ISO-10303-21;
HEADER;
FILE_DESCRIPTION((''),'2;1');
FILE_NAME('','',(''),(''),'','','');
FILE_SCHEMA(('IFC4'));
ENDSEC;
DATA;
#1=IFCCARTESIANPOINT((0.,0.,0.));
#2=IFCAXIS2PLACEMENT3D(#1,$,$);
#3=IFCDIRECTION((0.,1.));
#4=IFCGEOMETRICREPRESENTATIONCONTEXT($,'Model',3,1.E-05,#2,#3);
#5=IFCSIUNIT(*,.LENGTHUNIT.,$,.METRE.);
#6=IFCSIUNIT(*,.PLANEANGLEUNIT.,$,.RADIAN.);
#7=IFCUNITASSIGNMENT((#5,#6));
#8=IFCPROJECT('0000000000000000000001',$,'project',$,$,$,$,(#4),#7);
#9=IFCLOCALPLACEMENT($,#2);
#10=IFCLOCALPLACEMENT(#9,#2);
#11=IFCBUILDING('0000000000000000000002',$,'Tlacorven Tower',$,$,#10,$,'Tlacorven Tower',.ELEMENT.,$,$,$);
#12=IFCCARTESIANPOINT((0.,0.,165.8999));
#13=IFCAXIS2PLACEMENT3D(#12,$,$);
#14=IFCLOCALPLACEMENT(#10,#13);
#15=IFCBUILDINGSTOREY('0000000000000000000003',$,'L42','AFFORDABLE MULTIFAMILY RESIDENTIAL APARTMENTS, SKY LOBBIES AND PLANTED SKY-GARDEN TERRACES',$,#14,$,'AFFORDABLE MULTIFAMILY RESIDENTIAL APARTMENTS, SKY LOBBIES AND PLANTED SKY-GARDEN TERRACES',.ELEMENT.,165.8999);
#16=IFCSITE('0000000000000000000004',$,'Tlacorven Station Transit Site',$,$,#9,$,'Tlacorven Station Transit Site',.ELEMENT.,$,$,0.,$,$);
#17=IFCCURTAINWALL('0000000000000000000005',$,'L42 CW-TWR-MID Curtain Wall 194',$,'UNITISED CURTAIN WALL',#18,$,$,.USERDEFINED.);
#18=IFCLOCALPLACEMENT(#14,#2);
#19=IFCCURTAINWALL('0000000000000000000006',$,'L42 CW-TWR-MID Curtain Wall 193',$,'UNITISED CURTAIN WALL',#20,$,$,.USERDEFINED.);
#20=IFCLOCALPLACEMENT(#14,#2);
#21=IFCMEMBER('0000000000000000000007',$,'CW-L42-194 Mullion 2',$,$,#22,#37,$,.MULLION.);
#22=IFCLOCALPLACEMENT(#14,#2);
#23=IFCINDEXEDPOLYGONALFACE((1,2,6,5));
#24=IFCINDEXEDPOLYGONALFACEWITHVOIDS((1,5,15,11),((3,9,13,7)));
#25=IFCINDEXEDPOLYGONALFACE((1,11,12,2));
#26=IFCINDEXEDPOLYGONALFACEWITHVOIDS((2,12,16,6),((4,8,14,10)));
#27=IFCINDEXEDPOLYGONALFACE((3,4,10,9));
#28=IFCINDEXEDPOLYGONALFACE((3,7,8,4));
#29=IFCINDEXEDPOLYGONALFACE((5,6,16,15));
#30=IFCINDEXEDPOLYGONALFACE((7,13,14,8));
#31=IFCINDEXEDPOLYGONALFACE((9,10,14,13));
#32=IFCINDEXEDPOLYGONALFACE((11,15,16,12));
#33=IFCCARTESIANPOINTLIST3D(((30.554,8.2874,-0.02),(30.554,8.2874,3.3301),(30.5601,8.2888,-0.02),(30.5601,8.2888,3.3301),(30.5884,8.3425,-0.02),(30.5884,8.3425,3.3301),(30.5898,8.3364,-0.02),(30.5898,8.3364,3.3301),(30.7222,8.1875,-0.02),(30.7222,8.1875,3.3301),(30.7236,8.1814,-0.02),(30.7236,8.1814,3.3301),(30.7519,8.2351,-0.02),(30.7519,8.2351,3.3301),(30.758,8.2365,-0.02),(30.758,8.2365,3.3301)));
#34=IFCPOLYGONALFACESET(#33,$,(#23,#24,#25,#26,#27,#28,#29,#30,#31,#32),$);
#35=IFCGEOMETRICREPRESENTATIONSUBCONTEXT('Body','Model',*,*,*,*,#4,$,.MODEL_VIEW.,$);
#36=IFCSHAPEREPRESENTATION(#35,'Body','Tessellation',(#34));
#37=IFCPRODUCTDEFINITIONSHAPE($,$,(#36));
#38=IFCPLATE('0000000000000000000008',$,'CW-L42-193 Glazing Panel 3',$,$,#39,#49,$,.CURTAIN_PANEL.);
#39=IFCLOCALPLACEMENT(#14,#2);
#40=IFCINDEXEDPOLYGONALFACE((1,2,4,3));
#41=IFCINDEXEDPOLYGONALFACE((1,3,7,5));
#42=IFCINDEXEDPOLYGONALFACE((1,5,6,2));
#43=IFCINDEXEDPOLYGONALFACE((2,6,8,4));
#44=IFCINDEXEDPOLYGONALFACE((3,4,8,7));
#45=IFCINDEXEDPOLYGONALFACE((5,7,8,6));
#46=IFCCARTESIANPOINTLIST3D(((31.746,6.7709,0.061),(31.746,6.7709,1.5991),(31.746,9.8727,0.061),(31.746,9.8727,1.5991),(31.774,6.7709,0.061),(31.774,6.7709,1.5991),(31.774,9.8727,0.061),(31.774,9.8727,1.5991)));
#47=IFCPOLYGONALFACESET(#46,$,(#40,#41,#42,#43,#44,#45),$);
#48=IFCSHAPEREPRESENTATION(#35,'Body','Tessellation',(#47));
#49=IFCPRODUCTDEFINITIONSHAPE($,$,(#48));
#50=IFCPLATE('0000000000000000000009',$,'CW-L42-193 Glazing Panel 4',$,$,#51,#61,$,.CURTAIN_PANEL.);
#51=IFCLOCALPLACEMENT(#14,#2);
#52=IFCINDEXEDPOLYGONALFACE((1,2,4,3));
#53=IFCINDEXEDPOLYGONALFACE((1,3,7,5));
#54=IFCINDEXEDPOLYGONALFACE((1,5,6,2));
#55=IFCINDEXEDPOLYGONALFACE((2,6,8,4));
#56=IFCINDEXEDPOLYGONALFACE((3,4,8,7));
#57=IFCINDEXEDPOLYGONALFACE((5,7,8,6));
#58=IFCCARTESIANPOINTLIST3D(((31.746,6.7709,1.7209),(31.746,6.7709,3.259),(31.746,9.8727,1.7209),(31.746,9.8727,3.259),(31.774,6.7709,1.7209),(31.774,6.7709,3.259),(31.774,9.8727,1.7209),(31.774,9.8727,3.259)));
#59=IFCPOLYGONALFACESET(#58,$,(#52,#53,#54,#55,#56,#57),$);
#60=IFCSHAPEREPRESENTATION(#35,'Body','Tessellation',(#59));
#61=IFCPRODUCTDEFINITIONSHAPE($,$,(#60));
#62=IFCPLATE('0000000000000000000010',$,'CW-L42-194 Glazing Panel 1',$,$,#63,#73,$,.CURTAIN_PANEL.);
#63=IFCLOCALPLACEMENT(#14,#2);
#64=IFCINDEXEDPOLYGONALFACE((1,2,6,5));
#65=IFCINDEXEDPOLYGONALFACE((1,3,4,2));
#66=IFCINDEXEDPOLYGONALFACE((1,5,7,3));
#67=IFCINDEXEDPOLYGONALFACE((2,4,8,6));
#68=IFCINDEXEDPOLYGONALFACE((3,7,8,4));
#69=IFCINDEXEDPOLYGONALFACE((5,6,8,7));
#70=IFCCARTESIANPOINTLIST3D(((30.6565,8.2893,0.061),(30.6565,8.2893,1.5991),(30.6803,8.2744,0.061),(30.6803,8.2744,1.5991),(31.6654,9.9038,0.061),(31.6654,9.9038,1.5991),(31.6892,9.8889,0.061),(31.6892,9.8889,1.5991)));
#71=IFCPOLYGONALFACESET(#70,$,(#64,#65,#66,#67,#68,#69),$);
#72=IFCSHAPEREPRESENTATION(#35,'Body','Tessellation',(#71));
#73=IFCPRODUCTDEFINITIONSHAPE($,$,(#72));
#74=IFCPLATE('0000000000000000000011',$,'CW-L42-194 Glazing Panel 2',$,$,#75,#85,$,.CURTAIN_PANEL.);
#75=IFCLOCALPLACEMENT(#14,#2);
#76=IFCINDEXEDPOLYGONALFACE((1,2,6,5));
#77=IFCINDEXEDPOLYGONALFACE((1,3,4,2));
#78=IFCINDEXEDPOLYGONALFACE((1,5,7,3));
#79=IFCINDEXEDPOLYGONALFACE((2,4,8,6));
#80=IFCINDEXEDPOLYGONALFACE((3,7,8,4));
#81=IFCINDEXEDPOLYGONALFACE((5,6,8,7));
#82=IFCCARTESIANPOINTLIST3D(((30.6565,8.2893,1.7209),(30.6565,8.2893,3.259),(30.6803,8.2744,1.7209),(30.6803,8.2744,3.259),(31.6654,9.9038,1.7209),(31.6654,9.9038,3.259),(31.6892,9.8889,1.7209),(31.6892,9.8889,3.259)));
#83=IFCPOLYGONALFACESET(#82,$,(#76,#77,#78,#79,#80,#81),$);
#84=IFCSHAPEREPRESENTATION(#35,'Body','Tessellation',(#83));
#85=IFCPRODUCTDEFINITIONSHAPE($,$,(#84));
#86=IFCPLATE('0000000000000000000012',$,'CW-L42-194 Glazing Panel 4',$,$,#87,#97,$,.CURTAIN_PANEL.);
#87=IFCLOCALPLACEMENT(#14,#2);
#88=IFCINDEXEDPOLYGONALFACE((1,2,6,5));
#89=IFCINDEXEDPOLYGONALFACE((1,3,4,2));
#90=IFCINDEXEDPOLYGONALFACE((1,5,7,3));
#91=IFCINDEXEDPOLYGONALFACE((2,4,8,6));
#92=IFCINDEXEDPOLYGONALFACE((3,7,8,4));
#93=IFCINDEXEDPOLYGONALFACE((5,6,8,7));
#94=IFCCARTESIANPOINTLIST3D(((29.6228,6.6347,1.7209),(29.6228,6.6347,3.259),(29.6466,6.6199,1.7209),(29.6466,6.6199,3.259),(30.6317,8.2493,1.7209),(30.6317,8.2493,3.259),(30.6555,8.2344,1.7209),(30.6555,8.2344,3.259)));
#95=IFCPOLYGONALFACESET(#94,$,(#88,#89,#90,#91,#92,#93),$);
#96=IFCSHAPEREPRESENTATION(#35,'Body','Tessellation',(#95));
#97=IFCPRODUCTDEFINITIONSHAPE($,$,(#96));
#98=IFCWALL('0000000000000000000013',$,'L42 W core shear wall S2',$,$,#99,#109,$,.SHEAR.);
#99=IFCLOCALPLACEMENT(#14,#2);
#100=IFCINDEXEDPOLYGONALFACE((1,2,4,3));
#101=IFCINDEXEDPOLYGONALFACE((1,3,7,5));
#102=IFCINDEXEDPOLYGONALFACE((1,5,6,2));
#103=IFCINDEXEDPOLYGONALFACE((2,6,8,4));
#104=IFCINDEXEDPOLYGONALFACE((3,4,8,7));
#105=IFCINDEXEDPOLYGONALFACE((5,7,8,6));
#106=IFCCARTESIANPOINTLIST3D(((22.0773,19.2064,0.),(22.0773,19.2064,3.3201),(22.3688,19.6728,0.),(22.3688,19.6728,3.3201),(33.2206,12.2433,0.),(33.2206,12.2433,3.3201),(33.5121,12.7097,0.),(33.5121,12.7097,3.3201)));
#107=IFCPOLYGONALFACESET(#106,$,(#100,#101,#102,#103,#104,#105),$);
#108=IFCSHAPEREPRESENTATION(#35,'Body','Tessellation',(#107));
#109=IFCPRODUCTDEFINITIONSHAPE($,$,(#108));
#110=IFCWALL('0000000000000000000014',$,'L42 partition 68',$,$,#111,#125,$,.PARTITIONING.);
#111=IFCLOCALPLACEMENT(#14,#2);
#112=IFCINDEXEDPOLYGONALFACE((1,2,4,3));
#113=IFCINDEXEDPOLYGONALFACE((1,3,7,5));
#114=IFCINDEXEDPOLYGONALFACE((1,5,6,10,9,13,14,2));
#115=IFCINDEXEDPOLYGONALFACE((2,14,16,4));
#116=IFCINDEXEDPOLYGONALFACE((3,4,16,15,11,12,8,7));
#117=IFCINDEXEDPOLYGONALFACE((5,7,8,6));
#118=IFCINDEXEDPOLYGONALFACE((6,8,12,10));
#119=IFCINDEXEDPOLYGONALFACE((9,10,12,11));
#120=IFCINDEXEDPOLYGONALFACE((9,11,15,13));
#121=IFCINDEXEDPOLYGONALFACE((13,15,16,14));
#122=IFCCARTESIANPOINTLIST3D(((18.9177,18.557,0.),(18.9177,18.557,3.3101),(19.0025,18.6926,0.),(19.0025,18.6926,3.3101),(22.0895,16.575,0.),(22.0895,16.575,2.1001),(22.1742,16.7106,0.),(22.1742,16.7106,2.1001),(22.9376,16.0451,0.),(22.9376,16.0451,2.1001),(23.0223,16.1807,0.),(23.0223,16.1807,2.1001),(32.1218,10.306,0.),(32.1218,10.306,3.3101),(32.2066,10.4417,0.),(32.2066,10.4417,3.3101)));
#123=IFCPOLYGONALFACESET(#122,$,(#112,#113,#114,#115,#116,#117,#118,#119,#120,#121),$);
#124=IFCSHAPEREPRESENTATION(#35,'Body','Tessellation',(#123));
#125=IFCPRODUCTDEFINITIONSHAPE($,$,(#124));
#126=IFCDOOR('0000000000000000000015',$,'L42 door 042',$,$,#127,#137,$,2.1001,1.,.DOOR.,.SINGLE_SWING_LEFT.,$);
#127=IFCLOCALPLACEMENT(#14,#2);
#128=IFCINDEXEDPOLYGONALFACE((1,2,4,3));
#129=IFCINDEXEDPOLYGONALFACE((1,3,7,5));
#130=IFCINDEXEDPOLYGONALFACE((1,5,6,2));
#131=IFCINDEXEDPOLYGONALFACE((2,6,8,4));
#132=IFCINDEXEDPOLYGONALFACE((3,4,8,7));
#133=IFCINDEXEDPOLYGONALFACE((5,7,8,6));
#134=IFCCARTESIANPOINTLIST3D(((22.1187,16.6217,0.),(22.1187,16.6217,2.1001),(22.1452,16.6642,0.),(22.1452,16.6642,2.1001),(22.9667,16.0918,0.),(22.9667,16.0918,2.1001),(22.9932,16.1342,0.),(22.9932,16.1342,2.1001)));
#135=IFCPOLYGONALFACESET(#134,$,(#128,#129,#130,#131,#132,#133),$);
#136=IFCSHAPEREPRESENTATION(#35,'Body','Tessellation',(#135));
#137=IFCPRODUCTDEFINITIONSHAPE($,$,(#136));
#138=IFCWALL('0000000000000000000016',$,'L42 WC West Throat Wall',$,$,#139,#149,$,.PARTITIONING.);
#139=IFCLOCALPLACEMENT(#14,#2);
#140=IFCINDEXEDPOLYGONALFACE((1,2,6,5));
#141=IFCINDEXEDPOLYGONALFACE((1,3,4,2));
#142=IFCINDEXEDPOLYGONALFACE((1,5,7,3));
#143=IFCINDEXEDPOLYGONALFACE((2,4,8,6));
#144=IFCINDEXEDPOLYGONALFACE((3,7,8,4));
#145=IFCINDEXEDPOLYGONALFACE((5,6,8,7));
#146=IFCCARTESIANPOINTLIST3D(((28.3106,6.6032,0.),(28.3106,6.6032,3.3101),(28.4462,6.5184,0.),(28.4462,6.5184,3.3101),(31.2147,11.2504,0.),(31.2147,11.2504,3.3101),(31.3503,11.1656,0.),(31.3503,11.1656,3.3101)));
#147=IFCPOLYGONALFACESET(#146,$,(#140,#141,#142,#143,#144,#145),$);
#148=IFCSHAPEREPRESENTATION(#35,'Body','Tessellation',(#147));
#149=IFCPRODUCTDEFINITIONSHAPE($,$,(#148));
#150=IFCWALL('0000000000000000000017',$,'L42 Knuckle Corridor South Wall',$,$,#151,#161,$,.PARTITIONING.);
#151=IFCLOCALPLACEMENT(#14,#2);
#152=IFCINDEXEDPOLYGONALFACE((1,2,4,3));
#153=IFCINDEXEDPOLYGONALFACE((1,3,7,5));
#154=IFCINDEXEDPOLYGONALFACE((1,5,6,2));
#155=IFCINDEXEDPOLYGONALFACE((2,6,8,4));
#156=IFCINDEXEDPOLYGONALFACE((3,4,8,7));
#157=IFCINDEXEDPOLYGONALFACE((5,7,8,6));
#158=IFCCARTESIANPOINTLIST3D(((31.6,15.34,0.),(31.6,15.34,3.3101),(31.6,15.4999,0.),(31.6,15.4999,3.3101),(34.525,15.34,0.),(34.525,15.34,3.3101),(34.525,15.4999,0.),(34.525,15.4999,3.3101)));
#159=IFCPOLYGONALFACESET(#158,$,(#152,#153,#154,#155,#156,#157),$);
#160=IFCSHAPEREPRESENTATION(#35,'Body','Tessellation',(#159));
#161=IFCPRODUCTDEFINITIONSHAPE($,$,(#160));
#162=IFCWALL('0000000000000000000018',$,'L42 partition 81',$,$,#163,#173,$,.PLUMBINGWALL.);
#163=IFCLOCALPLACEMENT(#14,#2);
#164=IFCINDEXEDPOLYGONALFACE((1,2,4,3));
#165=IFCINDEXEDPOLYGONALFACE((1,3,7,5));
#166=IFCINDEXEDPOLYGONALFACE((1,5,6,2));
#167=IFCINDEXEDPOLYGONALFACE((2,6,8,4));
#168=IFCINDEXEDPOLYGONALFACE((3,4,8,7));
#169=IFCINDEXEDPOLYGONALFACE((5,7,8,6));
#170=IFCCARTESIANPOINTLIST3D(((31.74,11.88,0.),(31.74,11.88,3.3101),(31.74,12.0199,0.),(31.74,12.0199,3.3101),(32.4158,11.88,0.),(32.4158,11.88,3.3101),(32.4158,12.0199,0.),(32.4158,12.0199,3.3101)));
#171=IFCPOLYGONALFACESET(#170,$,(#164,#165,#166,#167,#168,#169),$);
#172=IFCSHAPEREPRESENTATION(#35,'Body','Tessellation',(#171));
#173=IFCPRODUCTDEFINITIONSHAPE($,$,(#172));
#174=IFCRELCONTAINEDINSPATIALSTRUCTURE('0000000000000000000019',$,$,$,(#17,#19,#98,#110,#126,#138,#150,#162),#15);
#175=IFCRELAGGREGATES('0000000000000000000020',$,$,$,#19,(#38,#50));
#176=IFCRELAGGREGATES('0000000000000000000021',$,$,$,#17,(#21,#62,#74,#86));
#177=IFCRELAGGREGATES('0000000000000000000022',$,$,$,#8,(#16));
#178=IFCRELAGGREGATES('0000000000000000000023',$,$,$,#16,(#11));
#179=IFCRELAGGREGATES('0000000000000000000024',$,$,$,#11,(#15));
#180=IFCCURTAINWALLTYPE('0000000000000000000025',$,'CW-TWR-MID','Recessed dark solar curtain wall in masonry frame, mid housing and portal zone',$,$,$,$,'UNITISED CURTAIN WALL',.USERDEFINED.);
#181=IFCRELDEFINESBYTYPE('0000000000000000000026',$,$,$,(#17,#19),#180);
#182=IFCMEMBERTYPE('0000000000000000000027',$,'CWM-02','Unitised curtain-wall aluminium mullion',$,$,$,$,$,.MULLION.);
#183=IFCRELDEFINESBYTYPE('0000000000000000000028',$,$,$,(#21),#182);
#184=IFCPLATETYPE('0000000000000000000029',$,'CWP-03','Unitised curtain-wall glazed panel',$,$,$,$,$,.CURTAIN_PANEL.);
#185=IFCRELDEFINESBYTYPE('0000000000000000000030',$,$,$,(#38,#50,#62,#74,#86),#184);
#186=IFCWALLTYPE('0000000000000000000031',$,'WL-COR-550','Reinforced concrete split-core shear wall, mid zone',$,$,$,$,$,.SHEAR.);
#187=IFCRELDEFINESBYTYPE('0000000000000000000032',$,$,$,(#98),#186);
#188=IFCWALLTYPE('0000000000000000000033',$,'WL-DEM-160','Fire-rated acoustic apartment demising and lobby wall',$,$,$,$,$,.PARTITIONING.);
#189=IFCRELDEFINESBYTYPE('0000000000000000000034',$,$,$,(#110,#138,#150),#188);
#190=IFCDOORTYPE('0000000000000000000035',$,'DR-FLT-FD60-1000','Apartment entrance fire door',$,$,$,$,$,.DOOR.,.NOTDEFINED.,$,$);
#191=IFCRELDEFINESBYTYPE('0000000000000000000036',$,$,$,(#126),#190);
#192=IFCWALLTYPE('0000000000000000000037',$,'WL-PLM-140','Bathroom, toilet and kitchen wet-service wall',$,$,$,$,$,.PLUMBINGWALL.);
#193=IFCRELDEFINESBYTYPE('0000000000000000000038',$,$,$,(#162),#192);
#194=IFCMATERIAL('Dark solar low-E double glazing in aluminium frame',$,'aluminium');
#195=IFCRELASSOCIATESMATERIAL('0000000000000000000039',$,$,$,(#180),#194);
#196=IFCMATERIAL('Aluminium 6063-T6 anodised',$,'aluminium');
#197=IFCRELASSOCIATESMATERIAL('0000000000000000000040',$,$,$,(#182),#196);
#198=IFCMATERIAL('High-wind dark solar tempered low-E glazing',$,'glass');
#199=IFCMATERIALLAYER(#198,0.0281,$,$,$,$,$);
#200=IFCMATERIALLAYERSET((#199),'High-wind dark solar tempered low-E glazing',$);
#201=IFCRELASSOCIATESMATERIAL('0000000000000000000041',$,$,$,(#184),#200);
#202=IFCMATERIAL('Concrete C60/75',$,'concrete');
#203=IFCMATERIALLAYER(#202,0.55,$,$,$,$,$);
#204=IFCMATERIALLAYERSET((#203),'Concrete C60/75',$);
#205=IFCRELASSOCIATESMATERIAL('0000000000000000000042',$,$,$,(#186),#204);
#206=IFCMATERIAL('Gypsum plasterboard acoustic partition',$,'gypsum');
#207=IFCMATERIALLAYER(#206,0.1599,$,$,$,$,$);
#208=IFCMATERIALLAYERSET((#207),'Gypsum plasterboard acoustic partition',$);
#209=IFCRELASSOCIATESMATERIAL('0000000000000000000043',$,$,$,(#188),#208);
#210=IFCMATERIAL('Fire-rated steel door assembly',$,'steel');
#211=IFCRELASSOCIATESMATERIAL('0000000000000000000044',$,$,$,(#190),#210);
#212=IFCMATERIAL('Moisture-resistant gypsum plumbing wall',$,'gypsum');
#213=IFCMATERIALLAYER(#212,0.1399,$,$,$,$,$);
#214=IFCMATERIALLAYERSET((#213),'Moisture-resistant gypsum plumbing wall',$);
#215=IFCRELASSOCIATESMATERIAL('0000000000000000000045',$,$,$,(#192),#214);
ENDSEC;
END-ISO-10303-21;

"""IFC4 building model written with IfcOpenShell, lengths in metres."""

from ifc_helpers import new_model, si_unit, direction, frame, frame_2d, origin, origin_2d, place, context, subcontext, project, spatial, rectangle, hollow_rectangle, extrude, source, transform, mapped, material, layer, layer_set, material_profile, profile_set, type_object, element, fill, aggregate, save


model = new_model("IFC4")

# Units and contexts
model_context = context("Model", 3, precision=1e-05, world=origin(), true_north=direction((0.0, 1.0)))
body_context = subcontext(model_context, "Body", "Model", "MODEL_VIEW")
ifc_project = project(units=[si_unit("LENGTHUNIT", "METRE"), si_unit("PLANEANGLEUNIT", "RADIAN")], contexts=[model_context])

# Site, building, storey
site_placement = place(None, origin())
site = spatial("IfcSite", under=ifc_project, at=site_placement, Name="Tlacorven Station Transit Site", LongName="Tlacorven Station Transit Site", CompositionType="ELEMENT", RefElevation=0.0)
building_placement = place(site_placement, origin())
building = spatial("IfcBuilding", under=site, at=building_placement, Name="Tlacorven Tower", LongName="Tlacorven Tower", CompositionType="ELEMENT")
storey_placement = place(building_placement, frame((0.0, 0.0, 165.8999)))
storey = spatial("IfcBuildingStorey", under=building, at=storey_placement, Name="L42", Description="AFFORDABLE MULTIFAMILY RESIDENTIAL APARTMENTS, SKY LOBBIES AND PLANTED SKY-GARDEN TERRACES", LongName="AFFORDABLE MULTIFAMILY RESIDENTIAL APARTMENTS, SKY LOBBIES AND PLANTED SKY-GARDEN TERRACES", CompositionType="ELEMENT", Elevation=165.8999)

# Curtain wall
ifc_material_1 = material(Name="Dark solar low-E double glazing in aluminium frame", Category="aluminium")
curtain_wall_type = type_object("IfcCurtainWallType", Name="CW-TWR-MID", Description="Recessed dark solar curtain wall in masonry frame, mid housing and portal zone", ElementType="UNITISED CURTAIN WALL", PredefinedType="USERDEFINED", material=ifc_material_1)
curtain_wall_1_placement = place(storey_placement, origin())
curtain_wall_1 = element("IfcCurtainWall", 1, at=curtain_wall_1_placement, inside=storey, type_object=curtain_wall_type, Name="L42 CW-TWR-MID Curtain Wall 194", ObjectType="UNITISED CURTAIN WALL", PredefinedType="USERDEFINED")
ifc_material_2 = material(Name="Aluminium 6063-T6 anodised", Category="aluminium")

# Curtain wall
curtain_wall_2_placement = place(storey_placement, origin())
curtain_wall_2 = element("IfcCurtainWall", 2, at=curtain_wall_2_placement, inside=storey, type_object=curtain_wall_type, Name="L42 CW-TWR-MID Curtain Wall 193", ObjectType="UNITISED CURTAIN WALL", PredefinedType="USERDEFINED")
ifc_material_profile_1 = material_profile(ifc_material_2, hollow_rectangle(XDim=0.0649, YDim=0.2, WallThickness=0.0044, at=origin_2d()), Name="ALU MULLION 65X200")
ifc_profile_set_1 = profile_set([ifc_material_profile_1], Name="Aluminium 6063-T6 anodised")
member_type_1 = type_object("IfcMemberType", Name="CWM-02", Description="Unitised curtain-wall aluminium mullion", PredefinedType="MULLION", material=ifc_profile_set_1)
shared_shape_1 = source(origin(), body_context, "Body", "SweptSolid", [
    extrude(hollow_rectangle(XDim=0.0649, YDim=0.2, WallThickness=0.0044, at=origin_2d()), origin(), (0.0, 0.0, 1.0), 3.3501),
])

# Member
member_1_placement = place(storey_placement, frame((30.656, 8.262, -0.02), z_axis=(0.0, 0.0, 1.0), x_axis=(-0.529919, -0.848048, 0.0)))
member_1 = element("IfcMember", 3, at=member_1_placement, type_object=member_type_1, Name="CW-L42-194 Mullion 2", PredefinedType="MULLION", context=body_context, shape_type="MappedRepresentation", body=[
    mapped(shared_shape_1, transform((0.0, 0.0, 0.0), scale=1.0)),
])

# Plates
ifc_material_3 = material(Name="High-wind dark solar tempered low-E glazing", Category="glass")
ifc_layer_1 = layer(ifc_material_3, 0.0281)
ifc_layer_set_1 = layer_set([ifc_layer_1], Name="High-wind dark solar tempered low-E glazing")
plate_type = type_object("IfcPlateType", Name="CWP-03", Description="Unitised curtain-wall glazed panel", PredefinedType="CURTAIN_PANEL", material=ifc_layer_set_1)
shared_shape_2 = source(origin(), body_context, "Body", "SweptSolid", [
    extrude(rectangle(XDim=3.1018, YDim=0.0281, at=origin_2d()), origin(), (0.0, 0.0, 1.0), 1.5381),
])
plate_1_placement = place(storey_placement, frame((31.76, 8.3218, 0.061), z_axis=(0.0, 0.0, 1.0), x_axis=(0.0, 1.0, 0.0)))
plate_1 = element("IfcPlate", 4, at=plate_1_placement, type_object=plate_type, Name="CW-L42-193 Glazing Panel 3", PredefinedType="CURTAIN_PANEL", context=body_context, shape_type="MappedRepresentation", body=[
    mapped(shared_shape_2, transform((0.0, 0.0, 0.0), scale=1.0)),
])
plate_2_placement = place(storey_placement, frame((31.76, 8.3218, 1.7209), z_axis=(0.0, 0.0, 1.0), x_axis=(0.0, 1.0, 0.0)))
plate_2 = element("IfcPlate", 5, at=plate_2_placement, type_object=plate_type, Name="CW-L42-193 Glazing Panel 4", PredefinedType="CURTAIN_PANEL", context=body_context, shape_type="MappedRepresentation", body=[
    mapped(shared_shape_2, transform((0.0, 0.0, 0.0), scale=1.0)),
])
aggregate(curtain_wall_2, [plate_1, plate_2])
shared_shape_3 = source(origin(), body_context, "Body", "SweptSolid", [
    extrude(rectangle(XDim=1.9038, YDim=0.0281, at=origin_2d()), origin(), (0.0, 0.0, 1.0), 1.5381),
])
plate_3_placement = place(storey_placement, frame((31.1729, 9.0891, 0.061), z_axis=(0.0, 0.0, 1.0), x_axis=(-0.529919, -0.848048, 0.0)))
plate_3 = element("IfcPlate", 6, at=plate_3_placement, type_object=plate_type, Name="CW-L42-194 Glazing Panel 1", PredefinedType="CURTAIN_PANEL", context=body_context, shape_type="MappedRepresentation", body=[
    mapped(shared_shape_3, transform((0.0, 0.0, 0.0), scale=1.0)),
])
plate_4_placement = place(storey_placement, frame((31.1729, 9.0891, 1.7209), z_axis=(0.0, 0.0, 1.0), x_axis=(-0.529919, -0.848048, 0.0)))
plate_4 = element("IfcPlate", 7, at=plate_4_placement, type_object=plate_type, Name="CW-L42-194 Glazing Panel 2", PredefinedType="CURTAIN_PANEL", context=body_context, shape_type="MappedRepresentation", body=[
    mapped(shared_shape_3, transform((0.0, 0.0, 0.0), scale=1.0)),
])
plate_5_placement = place(storey_placement, frame((30.1392, 7.4346, 1.7209), z_axis=(0.0, 0.0, 1.0), x_axis=(-0.529919, -0.848048, 0.0)))
plate_5 = element("IfcPlate", 8, at=plate_5_placement, type_object=plate_type, Name="CW-L42-194 Glazing Panel 4", PredefinedType="CURTAIN_PANEL", context=body_context, shape_type="MappedRepresentation", body=[
    mapped(shared_shape_3, transform((0.0, 0.0, 0.0), scale=1.0)),
])
aggregate(curtain_wall_1, [member_1, plate_3, plate_4, plate_5])

# Wall
ifc_material_4 = material(Name="Concrete C60/75", Category="concrete")
ifc_layer_2 = layer(ifc_material_4, 0.55)
ifc_layer_set_2 = layer_set([ifc_layer_2], Name="Concrete C60/75")
wall_type_1 = type_object("IfcWallType", Name="WL-COR-550", Description="Reinforced concrete split-core shear wall, mid zone", PredefinedType="SHEAR", material=ifc_layer_set_2)
wall_1_placement = place(storey_placement, frame((33.3662, 12.4766, 0.0), z_axis=(0.0, 0.0, 1.0), x_axis=(-0.848047, 0.52992, 0.0)))
element("IfcWall", 9, at=wall_1_placement, inside=storey, type_object=wall_type_1, Name="L42 W core shear wall S2", PredefinedType="SHEAR", context=body_context, shape_type="SweptSolid", body=[
    extrude(rectangle(XDim=13.1399, YDim=0.55, at=frame_2d((6.5698, 0.0))), origin(), (0.0, 0.0, 1.0), 3.3201),
])

# Wall, opening, door
ifc_material_5 = material(Name="Gypsum plasterboard acoustic partition", Category="gypsum")
ifc_layer_3 = layer(ifc_material_5, 0.1599)
ifc_layer_set_3 = layer_set([ifc_layer_3], Name="Gypsum plasterboard acoustic partition")
wall_type_2 = type_object("IfcWallType", Name="WL-DEM-160", Description="Fire-rated acoustic apartment demising and lobby wall", PredefinedType="PARTITIONING", material=ifc_layer_set_3)
wall_2_placement = place(storey_placement, frame((32.1643, 10.3738, 0.0), z_axis=(0.0, 0.0, 1.0), x_axis=(-0.848044, 0.529926, 0.0)))
wall_2 = element("IfcWall", 10, at=wall_2_placement, inside=storey, type_object=wall_type_2, Name="L42 partition 68", PredefinedType="PARTITIONING", context=body_context, shape_type="SweptSolid", body=[
    extrude(rectangle(XDim=15.5701, YDim=0.1599, at=frame_2d((7.7852, 0.0))), origin(), (0.0, 0.0, 1.0), 3.3101),
])
opening_1_placement = place(wall_2_placement, frame((10.8301, 0.0, 0.0)))
opening_1 = element("IfcOpeningElement", 11, at=opening_1_placement, cuts=wall_2, PredefinedType="OPENING", context=body_context, shape_type="SweptSolid", body=[
    extrude(rectangle(XDim=1.0, YDim=2.1001, at=frame_2d((0.5, 1.05))), frame((0.0, 0.0898, 0.0), z_axis=(0.0, -1.0, 0.0), x_axis=(1.0, 0.0, 0.0)), (0.0, 0.0, 1.0), 0.1799),
])
ifc_material_6 = material(Name="Fire-rated steel door assembly", Category="steel")
door_type_1 = type_object("IfcDoorType", Name="DR-FLT-FD60-1000", Description="Apartment entrance fire door", OperationType="NOTDEFINED", PredefinedType="DOOR", material=ifc_material_6)
shared_shape_4 = source(origin(), body_context, "Body", "SweptSolid", [
    extrude(rectangle(XDim=1.0, YDim=2.1001, at=frame_2d((0.5, 1.05))), frame((0.0, 0.0249, 0.0), z_axis=(0.0, -1.0, 0.0), x_axis=(1.0, 0.0, 0.0)), (0.0, 0.0, 1.0), 0.05),
])
door_1_placement = place(opening_1_placement, origin())
door_1 = element("IfcDoor", 12, at=door_1_placement, inside=storey, type_object=door_type_1, Name="L42 door 042", OperationType="SINGLE_SWING_LEFT", OverallHeight=2.1001, OverallWidth=1.0, PredefinedType="DOOR", context=body_context, shape_type="MappedRepresentation", body=[
    mapped(shared_shape_4, transform((0.0, 0.0, 0.0), scale=1.0)),
])
fill(opening_1, door_1)

# Walls
wall_3_placement = place(storey_placement, frame((31.2825, 11.208, 0.0), z_axis=(0.0, 0.0, 1.0), x_axis=(-0.529939, -0.848036, 0.0)))
element("IfcWall", 13, at=wall_3_placement, inside=storey, type_object=wall_type_2, Name="L42 WC West Throat Wall", PredefinedType="PARTITIONING", context=body_context, shape_type="SweptSolid", body=[
    extrude(rectangle(XDim=5.48, YDim=0.1599, at=frame_2d((2.74, 0.0))), origin(), (0.0, 0.0, 1.0), 3.3101),
])
wall_4_placement = place(storey_placement, frame((31.6001, 15.4199, 0.0), z_axis=(0.0, 0.0, 1.0), x_axis=(1.0, 0.0, 0.0)))
element("IfcWall", 14, at=wall_4_placement, inside=storey, type_object=wall_type_2, Name="L42 Knuckle Corridor South Wall", PredefinedType="PARTITIONING", context=body_context, shape_type="SweptSolid", body=[
    extrude(rectangle(XDim=2.925, YDim=0.1599, at=frame_2d((1.4624, 0.0))), origin(), (0.0, 0.0, 1.0), 3.3101),
])
ifc_material_7 = material(Name="Moisture-resistant gypsum plumbing wall", Category="gypsum")
ifc_layer_4 = layer(ifc_material_7, 0.1399)
ifc_layer_set_4 = layer_set([ifc_layer_4], Name="Moisture-resistant gypsum plumbing wall")
wall_type_3 = type_object("IfcWallType", Name="WL-PLM-140", Description="Bathroom, toilet and kitchen wet-service wall", PredefinedType="PLUMBINGWALL", material=ifc_layer_set_4)
wall_5_placement = place(storey_placement, frame((31.74, 11.95, 0.0), z_axis=(0.0, 0.0, 1.0), x_axis=(1.0, 0.0, 0.0)))
element("IfcWall", 15, at=wall_5_placement, inside=storey, type_object=wall_type_3, Name="L42 partition 81", PredefinedType="PLUMBINGWALL", context=body_context, shape_type="SweptSolid", body=[
    extrude(rectangle(XDim=0.6758, YDim=0.1399, at=frame_2d((0.3379, 0.0))), origin(), (0.0, 0.0, 1.0), 3.3101),
])

save(model, "model.ifc")
